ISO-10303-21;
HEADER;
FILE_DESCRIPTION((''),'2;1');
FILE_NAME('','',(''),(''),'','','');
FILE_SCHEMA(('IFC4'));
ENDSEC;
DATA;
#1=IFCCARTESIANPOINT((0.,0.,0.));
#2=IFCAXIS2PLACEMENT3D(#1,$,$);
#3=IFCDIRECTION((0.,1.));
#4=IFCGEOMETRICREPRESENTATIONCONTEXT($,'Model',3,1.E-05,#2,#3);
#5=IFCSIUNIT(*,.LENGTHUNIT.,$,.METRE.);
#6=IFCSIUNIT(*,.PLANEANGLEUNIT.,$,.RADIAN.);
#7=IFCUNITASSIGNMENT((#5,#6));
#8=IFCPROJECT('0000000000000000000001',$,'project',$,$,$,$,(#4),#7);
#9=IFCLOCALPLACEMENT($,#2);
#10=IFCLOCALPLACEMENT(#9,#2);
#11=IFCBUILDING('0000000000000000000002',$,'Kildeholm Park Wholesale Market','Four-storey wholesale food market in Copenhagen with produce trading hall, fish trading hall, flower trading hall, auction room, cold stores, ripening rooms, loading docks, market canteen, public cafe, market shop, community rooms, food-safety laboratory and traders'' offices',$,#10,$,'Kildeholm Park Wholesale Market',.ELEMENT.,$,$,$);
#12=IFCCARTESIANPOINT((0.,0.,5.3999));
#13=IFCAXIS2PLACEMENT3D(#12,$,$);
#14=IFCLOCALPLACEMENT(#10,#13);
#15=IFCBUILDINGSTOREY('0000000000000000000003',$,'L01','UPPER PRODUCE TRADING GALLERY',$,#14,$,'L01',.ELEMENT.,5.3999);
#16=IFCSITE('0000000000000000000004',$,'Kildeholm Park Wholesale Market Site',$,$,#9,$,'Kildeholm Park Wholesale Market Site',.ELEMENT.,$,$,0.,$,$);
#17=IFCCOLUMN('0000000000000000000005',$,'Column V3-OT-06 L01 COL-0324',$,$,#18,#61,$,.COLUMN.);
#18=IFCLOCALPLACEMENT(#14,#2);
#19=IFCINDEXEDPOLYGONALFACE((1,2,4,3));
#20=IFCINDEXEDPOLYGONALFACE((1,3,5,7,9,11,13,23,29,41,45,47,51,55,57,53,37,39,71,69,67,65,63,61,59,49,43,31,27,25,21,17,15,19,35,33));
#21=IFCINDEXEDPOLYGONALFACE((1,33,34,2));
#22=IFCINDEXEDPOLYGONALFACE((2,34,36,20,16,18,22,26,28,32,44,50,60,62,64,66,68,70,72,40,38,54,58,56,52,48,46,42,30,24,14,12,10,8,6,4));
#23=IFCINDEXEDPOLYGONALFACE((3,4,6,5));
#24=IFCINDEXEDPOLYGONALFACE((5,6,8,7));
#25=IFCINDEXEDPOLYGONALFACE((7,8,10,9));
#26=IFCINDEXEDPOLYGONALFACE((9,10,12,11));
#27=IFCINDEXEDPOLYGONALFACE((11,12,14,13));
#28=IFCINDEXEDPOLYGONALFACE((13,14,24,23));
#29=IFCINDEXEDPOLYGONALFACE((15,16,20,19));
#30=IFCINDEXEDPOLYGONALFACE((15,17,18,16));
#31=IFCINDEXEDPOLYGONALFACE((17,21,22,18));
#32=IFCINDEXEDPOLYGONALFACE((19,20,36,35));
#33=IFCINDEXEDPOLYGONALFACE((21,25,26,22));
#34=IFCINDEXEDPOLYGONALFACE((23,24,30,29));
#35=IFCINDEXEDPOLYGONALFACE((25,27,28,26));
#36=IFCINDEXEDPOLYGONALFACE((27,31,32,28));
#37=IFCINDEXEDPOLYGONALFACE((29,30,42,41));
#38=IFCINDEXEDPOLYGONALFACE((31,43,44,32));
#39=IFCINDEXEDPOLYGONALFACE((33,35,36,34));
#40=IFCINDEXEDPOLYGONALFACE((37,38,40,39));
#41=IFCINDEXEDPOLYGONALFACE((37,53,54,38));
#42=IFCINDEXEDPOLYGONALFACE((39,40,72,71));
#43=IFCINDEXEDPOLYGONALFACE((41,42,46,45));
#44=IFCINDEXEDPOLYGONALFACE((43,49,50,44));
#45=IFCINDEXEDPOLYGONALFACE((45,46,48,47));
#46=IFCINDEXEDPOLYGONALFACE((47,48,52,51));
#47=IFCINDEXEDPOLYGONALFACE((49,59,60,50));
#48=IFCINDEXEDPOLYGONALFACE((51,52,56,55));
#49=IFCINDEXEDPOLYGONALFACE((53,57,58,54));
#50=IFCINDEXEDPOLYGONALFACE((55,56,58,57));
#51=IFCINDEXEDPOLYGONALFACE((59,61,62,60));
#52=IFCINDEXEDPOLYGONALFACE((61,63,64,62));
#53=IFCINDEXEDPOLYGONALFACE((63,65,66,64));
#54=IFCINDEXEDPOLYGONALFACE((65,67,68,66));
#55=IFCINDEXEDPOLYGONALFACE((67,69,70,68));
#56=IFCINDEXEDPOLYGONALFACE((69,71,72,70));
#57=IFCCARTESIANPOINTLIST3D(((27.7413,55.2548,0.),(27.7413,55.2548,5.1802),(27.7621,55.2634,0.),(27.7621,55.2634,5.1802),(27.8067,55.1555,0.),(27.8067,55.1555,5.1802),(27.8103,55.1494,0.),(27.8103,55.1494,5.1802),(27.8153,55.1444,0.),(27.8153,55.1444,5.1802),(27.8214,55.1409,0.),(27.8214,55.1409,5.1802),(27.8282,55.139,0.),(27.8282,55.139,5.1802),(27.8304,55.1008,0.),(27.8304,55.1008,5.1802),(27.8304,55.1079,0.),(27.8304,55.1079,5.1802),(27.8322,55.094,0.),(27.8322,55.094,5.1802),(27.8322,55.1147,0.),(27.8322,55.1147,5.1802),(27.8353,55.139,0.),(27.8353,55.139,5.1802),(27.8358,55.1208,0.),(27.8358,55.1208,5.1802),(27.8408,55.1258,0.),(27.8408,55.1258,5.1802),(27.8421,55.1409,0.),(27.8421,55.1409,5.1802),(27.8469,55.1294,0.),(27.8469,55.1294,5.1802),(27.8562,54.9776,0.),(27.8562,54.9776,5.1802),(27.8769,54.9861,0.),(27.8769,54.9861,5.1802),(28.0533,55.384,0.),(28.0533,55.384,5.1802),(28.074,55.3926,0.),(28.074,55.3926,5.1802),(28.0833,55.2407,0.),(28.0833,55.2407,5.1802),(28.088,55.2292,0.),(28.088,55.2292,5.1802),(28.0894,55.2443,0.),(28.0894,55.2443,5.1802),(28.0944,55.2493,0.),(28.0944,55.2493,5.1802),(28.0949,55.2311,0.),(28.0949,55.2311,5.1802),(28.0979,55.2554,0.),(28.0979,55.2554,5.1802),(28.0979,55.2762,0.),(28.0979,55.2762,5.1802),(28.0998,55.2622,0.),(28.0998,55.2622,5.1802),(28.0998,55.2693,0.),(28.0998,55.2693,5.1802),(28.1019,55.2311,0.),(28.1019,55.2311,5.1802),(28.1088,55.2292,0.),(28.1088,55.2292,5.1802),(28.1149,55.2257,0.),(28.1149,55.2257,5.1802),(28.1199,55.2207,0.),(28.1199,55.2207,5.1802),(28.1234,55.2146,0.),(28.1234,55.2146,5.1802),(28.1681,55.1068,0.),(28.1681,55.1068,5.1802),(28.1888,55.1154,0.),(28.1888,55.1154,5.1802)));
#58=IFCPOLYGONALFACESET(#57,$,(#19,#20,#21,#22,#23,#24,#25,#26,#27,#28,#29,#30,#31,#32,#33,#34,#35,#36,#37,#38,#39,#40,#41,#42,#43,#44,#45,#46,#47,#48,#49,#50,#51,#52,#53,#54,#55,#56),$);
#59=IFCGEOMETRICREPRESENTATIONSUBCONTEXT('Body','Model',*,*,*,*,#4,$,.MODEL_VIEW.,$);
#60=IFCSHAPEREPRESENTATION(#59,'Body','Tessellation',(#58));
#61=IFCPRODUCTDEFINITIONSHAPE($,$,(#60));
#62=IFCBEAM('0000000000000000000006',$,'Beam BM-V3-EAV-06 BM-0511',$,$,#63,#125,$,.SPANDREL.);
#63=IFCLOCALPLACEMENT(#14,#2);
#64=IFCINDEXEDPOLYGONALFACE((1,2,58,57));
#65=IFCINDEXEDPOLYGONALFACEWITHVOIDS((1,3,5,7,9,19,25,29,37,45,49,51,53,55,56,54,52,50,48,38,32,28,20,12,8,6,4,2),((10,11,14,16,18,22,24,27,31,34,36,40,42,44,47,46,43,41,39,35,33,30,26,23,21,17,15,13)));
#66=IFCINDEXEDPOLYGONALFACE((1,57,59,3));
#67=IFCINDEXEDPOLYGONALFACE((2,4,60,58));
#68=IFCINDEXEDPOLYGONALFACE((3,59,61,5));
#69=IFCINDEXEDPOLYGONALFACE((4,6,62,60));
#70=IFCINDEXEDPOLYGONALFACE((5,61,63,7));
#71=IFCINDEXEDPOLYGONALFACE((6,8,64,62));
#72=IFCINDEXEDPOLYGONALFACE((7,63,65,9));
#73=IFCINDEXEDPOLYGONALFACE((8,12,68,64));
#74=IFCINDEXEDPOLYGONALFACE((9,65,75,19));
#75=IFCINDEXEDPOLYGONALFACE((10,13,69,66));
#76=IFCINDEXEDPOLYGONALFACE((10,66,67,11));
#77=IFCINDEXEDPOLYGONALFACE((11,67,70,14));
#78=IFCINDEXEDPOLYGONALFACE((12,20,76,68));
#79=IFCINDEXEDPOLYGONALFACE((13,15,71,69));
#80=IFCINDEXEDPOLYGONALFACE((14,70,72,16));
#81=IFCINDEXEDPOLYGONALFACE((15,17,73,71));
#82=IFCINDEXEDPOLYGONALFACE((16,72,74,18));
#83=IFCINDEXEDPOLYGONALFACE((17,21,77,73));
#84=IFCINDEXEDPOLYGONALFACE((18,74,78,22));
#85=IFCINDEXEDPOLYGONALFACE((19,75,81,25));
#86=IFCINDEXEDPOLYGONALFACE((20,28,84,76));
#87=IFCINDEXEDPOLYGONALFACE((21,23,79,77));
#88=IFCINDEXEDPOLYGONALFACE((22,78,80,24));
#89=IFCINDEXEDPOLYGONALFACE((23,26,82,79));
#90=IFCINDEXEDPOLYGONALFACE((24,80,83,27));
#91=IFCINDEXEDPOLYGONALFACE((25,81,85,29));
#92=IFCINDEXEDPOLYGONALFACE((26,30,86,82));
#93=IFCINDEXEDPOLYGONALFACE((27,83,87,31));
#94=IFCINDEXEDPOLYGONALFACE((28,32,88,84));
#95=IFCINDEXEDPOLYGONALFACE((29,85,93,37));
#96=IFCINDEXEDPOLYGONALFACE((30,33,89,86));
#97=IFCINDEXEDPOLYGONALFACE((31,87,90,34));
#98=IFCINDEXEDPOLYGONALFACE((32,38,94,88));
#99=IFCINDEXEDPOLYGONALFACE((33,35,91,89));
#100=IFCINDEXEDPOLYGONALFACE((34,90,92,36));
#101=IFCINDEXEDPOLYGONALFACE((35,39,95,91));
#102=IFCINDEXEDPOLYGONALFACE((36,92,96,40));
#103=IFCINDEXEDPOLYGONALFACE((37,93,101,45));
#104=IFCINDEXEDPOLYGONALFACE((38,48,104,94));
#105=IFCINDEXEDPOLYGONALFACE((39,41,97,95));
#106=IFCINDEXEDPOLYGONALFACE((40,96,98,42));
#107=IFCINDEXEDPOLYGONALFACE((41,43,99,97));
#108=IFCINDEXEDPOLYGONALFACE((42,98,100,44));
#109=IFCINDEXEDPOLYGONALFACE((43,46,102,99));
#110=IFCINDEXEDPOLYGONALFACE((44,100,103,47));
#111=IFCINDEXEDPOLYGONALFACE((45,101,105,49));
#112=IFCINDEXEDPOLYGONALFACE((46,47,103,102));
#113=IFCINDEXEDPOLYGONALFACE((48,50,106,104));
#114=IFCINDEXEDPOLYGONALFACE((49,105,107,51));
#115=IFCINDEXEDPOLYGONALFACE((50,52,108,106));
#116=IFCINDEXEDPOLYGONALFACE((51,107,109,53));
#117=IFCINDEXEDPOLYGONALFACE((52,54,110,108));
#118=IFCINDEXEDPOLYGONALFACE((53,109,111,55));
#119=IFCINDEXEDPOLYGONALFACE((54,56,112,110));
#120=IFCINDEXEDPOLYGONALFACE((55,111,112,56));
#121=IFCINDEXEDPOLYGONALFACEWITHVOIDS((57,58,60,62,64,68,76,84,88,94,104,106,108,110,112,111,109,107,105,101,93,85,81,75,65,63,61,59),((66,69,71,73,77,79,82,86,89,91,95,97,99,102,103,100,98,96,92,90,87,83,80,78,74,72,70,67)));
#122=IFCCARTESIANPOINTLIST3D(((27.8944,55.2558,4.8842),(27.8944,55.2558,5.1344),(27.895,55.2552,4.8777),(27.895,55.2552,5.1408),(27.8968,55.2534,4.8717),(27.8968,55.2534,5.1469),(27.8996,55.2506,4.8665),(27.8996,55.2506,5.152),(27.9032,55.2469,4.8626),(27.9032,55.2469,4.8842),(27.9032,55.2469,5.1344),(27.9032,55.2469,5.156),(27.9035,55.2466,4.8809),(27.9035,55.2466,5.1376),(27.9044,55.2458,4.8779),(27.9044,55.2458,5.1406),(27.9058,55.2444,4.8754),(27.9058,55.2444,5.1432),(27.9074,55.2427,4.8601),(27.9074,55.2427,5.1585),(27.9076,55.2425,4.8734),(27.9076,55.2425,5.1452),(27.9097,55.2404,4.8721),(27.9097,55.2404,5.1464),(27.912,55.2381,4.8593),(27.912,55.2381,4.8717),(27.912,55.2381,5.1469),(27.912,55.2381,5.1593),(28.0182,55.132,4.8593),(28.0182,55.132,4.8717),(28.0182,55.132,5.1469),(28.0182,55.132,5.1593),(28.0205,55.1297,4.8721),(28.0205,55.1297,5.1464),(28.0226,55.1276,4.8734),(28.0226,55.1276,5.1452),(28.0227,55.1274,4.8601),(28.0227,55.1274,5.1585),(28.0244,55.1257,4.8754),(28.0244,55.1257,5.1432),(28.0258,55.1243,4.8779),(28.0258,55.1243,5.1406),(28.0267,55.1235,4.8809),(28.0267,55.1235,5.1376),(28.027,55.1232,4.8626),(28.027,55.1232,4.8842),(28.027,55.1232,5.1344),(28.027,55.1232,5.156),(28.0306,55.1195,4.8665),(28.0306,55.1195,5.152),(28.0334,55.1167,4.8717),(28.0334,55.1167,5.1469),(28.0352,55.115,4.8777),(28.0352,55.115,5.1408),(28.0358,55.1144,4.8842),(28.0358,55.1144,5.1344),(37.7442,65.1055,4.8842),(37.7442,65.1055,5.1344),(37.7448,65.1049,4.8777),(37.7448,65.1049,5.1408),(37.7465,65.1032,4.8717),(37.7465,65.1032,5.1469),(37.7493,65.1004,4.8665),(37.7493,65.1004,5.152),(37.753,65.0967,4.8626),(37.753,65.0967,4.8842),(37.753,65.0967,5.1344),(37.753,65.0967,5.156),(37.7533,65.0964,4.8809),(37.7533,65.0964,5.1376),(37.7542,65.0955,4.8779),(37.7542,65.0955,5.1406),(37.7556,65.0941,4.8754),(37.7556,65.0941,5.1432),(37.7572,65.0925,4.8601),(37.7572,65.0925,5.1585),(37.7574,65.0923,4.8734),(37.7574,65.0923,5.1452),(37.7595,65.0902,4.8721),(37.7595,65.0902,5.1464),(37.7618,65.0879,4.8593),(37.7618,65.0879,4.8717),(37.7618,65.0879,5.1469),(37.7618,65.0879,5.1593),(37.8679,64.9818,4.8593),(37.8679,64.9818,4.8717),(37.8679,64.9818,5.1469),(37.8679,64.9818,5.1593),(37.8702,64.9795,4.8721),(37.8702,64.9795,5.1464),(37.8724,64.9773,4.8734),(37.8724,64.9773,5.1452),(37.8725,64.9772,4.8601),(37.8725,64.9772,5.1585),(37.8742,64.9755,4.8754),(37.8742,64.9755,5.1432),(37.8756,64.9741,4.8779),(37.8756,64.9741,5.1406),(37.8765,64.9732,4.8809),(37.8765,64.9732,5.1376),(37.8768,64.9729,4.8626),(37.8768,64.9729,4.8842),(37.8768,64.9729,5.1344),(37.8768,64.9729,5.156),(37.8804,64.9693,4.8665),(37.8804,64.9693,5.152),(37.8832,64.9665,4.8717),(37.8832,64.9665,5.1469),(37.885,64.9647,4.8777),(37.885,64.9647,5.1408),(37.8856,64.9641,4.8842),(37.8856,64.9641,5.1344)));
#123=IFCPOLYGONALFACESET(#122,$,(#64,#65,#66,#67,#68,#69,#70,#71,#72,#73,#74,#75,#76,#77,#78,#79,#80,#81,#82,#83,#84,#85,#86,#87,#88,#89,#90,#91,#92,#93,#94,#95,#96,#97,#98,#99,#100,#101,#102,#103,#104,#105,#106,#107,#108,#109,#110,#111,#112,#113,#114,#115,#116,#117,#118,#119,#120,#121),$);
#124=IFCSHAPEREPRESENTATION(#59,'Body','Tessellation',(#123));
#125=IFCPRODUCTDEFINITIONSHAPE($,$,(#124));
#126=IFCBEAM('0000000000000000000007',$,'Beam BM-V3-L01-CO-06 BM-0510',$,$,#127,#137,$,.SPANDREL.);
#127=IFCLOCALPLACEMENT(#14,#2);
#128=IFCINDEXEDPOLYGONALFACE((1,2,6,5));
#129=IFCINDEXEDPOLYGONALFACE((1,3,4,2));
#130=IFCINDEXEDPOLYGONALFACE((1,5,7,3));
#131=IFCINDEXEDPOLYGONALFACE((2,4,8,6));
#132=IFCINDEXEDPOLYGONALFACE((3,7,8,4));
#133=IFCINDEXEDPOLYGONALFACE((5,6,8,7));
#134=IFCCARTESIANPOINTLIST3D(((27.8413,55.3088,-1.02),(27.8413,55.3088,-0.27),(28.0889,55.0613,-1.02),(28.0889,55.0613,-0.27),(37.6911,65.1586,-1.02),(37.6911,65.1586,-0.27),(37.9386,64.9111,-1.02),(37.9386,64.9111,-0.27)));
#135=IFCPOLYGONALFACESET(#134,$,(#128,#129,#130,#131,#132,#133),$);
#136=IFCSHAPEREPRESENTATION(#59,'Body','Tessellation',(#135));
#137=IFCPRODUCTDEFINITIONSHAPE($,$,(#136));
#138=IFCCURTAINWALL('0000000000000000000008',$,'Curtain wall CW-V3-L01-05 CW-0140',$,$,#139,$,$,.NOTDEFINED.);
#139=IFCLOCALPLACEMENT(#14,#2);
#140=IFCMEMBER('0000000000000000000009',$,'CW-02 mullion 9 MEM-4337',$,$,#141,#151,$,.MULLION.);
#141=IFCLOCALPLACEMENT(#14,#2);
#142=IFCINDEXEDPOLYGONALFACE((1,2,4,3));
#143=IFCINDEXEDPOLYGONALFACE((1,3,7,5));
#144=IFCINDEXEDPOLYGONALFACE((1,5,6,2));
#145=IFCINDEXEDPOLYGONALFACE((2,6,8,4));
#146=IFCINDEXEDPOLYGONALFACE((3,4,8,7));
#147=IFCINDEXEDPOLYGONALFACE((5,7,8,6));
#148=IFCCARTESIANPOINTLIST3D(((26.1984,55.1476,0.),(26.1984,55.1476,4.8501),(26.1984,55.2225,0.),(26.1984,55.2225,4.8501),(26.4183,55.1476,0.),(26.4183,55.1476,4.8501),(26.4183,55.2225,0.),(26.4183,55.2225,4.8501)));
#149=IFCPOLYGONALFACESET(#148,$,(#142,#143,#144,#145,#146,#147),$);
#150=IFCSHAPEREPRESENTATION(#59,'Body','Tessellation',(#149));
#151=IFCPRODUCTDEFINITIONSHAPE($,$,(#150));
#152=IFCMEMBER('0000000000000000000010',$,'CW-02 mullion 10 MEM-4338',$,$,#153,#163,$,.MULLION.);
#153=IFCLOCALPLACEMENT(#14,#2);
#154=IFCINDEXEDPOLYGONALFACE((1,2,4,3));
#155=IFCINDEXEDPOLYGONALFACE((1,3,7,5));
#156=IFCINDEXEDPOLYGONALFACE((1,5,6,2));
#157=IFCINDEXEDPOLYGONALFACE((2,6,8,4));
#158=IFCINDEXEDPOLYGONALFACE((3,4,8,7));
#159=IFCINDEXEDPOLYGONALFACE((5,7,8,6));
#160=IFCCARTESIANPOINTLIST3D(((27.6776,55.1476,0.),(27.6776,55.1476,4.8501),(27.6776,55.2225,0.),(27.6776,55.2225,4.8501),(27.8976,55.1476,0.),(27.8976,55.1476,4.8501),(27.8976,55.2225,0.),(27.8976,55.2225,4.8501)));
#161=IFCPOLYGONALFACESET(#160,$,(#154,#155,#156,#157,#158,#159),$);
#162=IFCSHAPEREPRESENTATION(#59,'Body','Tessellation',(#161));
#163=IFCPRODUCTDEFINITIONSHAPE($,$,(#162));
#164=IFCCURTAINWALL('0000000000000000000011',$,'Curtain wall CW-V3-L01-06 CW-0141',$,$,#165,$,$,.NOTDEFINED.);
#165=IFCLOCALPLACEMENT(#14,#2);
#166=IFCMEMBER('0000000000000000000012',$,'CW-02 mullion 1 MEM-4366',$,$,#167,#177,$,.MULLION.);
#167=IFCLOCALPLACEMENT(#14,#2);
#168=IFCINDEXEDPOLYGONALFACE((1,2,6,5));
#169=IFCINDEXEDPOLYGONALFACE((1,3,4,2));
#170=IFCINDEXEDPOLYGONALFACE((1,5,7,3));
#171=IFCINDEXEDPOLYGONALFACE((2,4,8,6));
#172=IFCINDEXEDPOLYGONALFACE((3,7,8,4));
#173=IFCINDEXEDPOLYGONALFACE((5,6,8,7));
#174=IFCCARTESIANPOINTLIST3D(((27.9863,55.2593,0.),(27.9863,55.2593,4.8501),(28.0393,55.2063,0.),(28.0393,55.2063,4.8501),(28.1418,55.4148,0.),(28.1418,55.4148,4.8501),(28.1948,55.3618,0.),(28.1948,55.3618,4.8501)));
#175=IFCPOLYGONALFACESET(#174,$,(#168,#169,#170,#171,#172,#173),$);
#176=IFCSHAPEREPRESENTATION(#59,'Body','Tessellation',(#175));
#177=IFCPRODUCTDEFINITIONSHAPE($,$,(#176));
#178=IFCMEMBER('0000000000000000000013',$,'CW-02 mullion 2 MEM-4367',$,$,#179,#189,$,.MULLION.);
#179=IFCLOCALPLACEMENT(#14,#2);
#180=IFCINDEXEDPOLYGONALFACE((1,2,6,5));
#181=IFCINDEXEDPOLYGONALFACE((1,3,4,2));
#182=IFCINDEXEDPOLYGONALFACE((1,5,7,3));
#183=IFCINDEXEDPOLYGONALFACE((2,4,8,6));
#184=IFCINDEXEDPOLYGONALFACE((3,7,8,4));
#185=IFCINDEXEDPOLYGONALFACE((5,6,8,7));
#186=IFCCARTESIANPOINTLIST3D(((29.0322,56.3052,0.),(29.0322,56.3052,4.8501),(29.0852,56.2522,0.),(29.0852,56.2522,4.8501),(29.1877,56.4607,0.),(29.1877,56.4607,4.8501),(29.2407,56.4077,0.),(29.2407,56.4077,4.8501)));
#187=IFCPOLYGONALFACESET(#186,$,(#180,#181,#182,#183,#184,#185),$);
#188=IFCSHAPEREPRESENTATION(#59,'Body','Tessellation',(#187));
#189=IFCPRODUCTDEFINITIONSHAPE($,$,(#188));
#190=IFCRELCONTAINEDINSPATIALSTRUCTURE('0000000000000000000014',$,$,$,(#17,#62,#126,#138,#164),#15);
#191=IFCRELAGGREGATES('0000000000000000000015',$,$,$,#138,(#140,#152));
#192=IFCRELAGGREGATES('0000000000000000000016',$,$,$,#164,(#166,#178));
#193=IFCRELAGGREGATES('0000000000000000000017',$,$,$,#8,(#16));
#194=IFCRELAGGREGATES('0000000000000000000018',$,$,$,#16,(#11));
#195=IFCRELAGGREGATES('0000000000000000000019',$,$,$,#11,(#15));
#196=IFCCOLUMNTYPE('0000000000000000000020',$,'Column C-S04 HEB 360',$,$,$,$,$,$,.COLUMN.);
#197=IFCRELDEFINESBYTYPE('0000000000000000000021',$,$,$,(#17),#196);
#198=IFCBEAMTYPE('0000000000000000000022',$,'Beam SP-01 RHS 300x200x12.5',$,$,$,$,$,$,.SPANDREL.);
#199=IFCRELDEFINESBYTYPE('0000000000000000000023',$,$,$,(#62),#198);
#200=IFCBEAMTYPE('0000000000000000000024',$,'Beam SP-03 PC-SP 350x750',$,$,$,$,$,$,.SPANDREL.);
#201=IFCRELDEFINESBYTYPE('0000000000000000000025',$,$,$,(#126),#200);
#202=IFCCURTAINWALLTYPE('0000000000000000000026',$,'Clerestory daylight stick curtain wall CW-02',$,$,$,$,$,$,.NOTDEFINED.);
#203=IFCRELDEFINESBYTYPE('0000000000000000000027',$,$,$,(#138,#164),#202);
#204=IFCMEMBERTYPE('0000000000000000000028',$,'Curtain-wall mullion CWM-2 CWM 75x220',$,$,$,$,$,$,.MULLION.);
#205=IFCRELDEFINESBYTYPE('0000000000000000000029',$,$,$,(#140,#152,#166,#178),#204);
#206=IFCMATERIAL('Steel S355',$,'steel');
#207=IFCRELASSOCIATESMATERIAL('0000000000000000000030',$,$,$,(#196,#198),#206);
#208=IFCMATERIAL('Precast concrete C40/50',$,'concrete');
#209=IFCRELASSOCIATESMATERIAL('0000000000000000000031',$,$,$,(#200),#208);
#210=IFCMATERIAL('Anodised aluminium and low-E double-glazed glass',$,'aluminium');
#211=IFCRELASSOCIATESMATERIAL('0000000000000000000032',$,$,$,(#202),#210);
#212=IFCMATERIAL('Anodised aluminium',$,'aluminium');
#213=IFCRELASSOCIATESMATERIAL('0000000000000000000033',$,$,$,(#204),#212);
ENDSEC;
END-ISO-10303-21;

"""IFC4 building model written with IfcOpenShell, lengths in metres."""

from ifc_helpers import new_model, si_unit, direction, frame, origin, origin_2d, place, context, subcontext, project, spatial, rectangle, hollow_rectangle, i_section, extrude, material, material_profile, profile_set, type_object, element, aggregate, save


model = new_model("IFC4")

# Units and contexts
model_context = context("Model", 3, precision=1e-05, world=origin(), true_north=direction((0.0, 1.0)))
body_context = subcontext(model_context, "Body", "Model", "MODEL_VIEW")
ifc_project = project(units=[si_unit("LENGTHUNIT", "METRE"), si_unit("PLANEANGLEUNIT", "RADIAN")], contexts=[model_context])

# Site, building, storey
site_placement = place(None, origin())
site = spatial("IfcSite", under=ifc_project, at=site_placement, Name="Kildeholm Park Wholesale Market Site", LongName="Kildeholm Park Wholesale Market Site", CompositionType="ELEMENT", RefElevation=0.0)
building_placement = place(site_placement, origin())
building = spatial("IfcBuilding", under=site, at=building_placement, Name="Kildeholm Park Wholesale Market", Description="Four-storey wholesale food market in Copenhagen with produce trading hall, fish trading hall, flower trading hall, auction room, cold stores, ripening rooms, loading docks, market canteen, public cafe, market shop, community rooms, food-safety laboratory and traders' offices", LongName="Kildeholm Park Wholesale Market", CompositionType="ELEMENT")
storey_placement = place(building_placement, frame((0.0, 0.0, 5.3999)))
storey = spatial("IfcBuildingStorey", under=building, at=storey_placement, Name="L01", Description="UPPER PRODUCE TRADING GALLERY", LongName="L01", CompositionType="ELEMENT", Elevation=5.3999)

# Column
ifc_material_1 = material(Name="Steel S355", Category="steel")
ifc_material_profile_1 = material_profile(ifc_material_1, i_section(OverallWidth=0.3, OverallDepth=0.3601, WebThickness=0.0125, FlangeThickness=0.0225, FilletRadius=0.0271, at=origin_2d()), Name="HEB 360")
ifc_profile_set_1 = profile_set([ifc_material_profile_1], Name="Steel S355")
column_type = type_object("IfcColumnType", Name="Column C-S04 HEB 360", PredefinedType="COLUMN", material=ifc_profile_set_1)
column_placement = place(storey_placement, frame((27.9651, 55.1851, 0.0), z_axis=(0.0, 0.0, 1.0), x_axis=(0.382683, -0.92388, 0.0)))
element("IfcColumn", 1, at=column_placement, inside=storey, type_object=column_type, Name="Column V3-OT-06 L01 COL-0324", PredefinedType="COLUMN", context=body_context, shape_type="SweptSolid", body=[
    extrude(i_section(OverallWidth=0.3, OverallDepth=0.3601, WebThickness=0.0125, FlangeThickness=0.0225, FilletRadius=0.0271, at=origin_2d()), origin(), (0.0, 0.0, 1.0), 5.1802),
])

# Beams
ifc_material_profile_2 = material_profile(ifc_material_1, hollow_rectangle(XDim=0.2, YDim=0.3, WallThickness=0.0125, InnerFilletRadius=0.0125, OuterFilletRadius=0.0249, at=origin_2d()), Name="RHS 300x200x12.5")
ifc_profile_set_2 = profile_set([ifc_material_profile_2], Name="Steel S355")
beam_type_1 = type_object("IfcBeamType", Name="Beam SP-01 RHS 300x200x12.5", PredefinedType="SPANDREL", material=ifc_profile_set_2)
beam_1_placement = place(storey_placement, frame((27.9651, 55.1851, 5.0093), z_axis=(0.707107, 0.707107, 0.0), x_axis=(-0.707107, 0.707107, 0.0)))
element("IfcBeam", 2, at=beam_1_placement, inside=storey, type_object=beam_type_1, Name="Beam BM-V3-EAV-06 BM-0511", PredefinedType="SPANDREL", context=body_context, shape_type="SweptSolid", body=[
    extrude(hollow_rectangle(XDim=0.2, YDim=0.3, WallThickness=0.0125, InnerFilletRadius=0.0125, OuterFilletRadius=0.0249, at=origin_2d()), origin(), (0.0, 0.0, 1.0), 13.9297),
])
ifc_material_2 = material(Name="Precast concrete C40/50", Category="concrete")
ifc_material_profile_3 = material_profile(ifc_material_2, rectangle(XDim=0.3501, YDim=0.75, at=origin_2d()), Name="PC-SP 350x750")
ifc_profile_set_3 = profile_set([ifc_material_profile_3], Name="Precast concrete C40/50")
beam_type_2 = type_object("IfcBeamType", Name="Beam SP-03 PC-SP 350x750", PredefinedType="SPANDREL", material=ifc_profile_set_3)
beam_2_placement = place(storey_placement, frame((27.9651, 55.1851, -0.645), z_axis=(0.707107, 0.707107, 0.0), x_axis=(-0.707107, 0.707107, 0.0)))
element("IfcBeam", 3, at=beam_2_placement, inside=storey, type_object=beam_type_2, Name="Beam BM-V3-L01-CO-06 BM-0510", PredefinedType="SPANDREL", context=body_context, shape_type="SweptSolid", body=[
    extrude(rectangle(XDim=0.3501, YDim=0.75, at=origin_2d()), origin(), (0.0, 0.0, 1.0), 13.9297),
])

# Curtain walls, members
ifc_material_3 = material(Name="Anodised aluminium and low-E double-glazed glass", Category="aluminium")
curtain_wall_type = type_object("IfcCurtainWallType", Name="Clerestory daylight stick curtain wall CW-02", PredefinedType="NOTDEFINED", material=ifc_material_3)
curtain_wall_1_placement = place(storey_placement, origin())
curtain_wall_1 = element("IfcCurtainWall", 4, at=curtain_wall_1_placement, inside=storey, type_object=curtain_wall_type, Name="Curtain wall CW-V3-L01-05 CW-0140", PredefinedType="NOTDEFINED")
ifc_material_4 = material(Name="Anodised aluminium", Category="aluminium")
ifc_material_profile_4 = material_profile(ifc_material_4, rectangle(XDim=0.075, YDim=0.22, at=origin_2d()), Name="CWM 75x220")
ifc_profile_set_4 = profile_set([ifc_material_profile_4], Name="Anodised aluminium")
member_type_1 = type_object("IfcMemberType", Name="Curtain-wall mullion CWM-2 CWM 75x220", PredefinedType="MULLION", material=ifc_profile_set_4)
member_1_placement = place(storey_placement, frame((26.3083, 55.1851, 0.0), z_axis=(0.0, 0.0, 1.0), x_axis=(0.0, 1.0, 0.0)))
member_1 = element("IfcMember", 5, at=member_1_placement, type_object=member_type_1, Name="CW-02 mullion 9 MEM-4337", PredefinedType="MULLION", context=body_context, shape_type="SweptSolid", body=[
    extrude(rectangle(XDim=0.075, YDim=0.22, at=origin_2d()), origin(), (0.0, 0.0, 1.0), 4.8501),
])
member_2_placement = place(storey_placement, frame((27.7876, 55.1851, 0.0), z_axis=(0.0, 0.0, 1.0), x_axis=(0.0, 1.0, 0.0)))
member_2 = element("IfcMember", 6, at=member_2_placement, type_object=member_type_1, Name="CW-02 mullion 10 MEM-4338", PredefinedType="MULLION", context=body_context, shape_type="SweptSolid", body=[
    extrude(rectangle(XDim=0.075, YDim=0.22, at=origin_2d()), origin(), (0.0, 0.0, 1.0), 4.8501),
])
curtain_wall_2_placement = place(storey_placement, origin())
curtain_wall_2 = element("IfcCurtainWall", 7, at=curtain_wall_2_placement, inside=storey, type_object=curtain_wall_type, Name="Curtain wall CW-V3-L01-06 CW-0141", PredefinedType="NOTDEFINED")
member_3_placement = place(storey_placement, frame((28.0906, 55.3105, 0.0), z_axis=(0.0, 0.0, 1.0), x_axis=(-0.707107, 0.707107, 0.0)))
member_3 = element("IfcMember", 8, at=member_3_placement, type_object=member_type_1, Name="CW-02 mullion 1 MEM-4366", PredefinedType="MULLION", context=body_context, shape_type="SweptSolid", body=[
    extrude(rectangle(XDim=0.075, YDim=0.22, at=origin_2d()), origin(), (0.0, 0.0, 1.0), 4.8501),
])
member_4_placement = place(storey_placement, frame((29.1365, 56.3564, 0.0), z_axis=(0.0, 0.0, 1.0), x_axis=(-0.707107, 0.707107, 0.0)))
member_4 = element("IfcMember", 9, at=member_4_placement, type_object=member_type_1, Name="CW-02 mullion 2 MEM-4367", PredefinedType="MULLION", context=body_context, shape_type="SweptSolid", body=[
    extrude(rectangle(XDim=0.075, YDim=0.22, at=origin_2d()), origin(), (0.0, 0.0, 1.0), 4.8501),
])

aggregate(curtain_wall_1, [member_1, member_2])
aggregate(curtain_wall_2, [member_3, member_4])

save(model, "model.ifc")
